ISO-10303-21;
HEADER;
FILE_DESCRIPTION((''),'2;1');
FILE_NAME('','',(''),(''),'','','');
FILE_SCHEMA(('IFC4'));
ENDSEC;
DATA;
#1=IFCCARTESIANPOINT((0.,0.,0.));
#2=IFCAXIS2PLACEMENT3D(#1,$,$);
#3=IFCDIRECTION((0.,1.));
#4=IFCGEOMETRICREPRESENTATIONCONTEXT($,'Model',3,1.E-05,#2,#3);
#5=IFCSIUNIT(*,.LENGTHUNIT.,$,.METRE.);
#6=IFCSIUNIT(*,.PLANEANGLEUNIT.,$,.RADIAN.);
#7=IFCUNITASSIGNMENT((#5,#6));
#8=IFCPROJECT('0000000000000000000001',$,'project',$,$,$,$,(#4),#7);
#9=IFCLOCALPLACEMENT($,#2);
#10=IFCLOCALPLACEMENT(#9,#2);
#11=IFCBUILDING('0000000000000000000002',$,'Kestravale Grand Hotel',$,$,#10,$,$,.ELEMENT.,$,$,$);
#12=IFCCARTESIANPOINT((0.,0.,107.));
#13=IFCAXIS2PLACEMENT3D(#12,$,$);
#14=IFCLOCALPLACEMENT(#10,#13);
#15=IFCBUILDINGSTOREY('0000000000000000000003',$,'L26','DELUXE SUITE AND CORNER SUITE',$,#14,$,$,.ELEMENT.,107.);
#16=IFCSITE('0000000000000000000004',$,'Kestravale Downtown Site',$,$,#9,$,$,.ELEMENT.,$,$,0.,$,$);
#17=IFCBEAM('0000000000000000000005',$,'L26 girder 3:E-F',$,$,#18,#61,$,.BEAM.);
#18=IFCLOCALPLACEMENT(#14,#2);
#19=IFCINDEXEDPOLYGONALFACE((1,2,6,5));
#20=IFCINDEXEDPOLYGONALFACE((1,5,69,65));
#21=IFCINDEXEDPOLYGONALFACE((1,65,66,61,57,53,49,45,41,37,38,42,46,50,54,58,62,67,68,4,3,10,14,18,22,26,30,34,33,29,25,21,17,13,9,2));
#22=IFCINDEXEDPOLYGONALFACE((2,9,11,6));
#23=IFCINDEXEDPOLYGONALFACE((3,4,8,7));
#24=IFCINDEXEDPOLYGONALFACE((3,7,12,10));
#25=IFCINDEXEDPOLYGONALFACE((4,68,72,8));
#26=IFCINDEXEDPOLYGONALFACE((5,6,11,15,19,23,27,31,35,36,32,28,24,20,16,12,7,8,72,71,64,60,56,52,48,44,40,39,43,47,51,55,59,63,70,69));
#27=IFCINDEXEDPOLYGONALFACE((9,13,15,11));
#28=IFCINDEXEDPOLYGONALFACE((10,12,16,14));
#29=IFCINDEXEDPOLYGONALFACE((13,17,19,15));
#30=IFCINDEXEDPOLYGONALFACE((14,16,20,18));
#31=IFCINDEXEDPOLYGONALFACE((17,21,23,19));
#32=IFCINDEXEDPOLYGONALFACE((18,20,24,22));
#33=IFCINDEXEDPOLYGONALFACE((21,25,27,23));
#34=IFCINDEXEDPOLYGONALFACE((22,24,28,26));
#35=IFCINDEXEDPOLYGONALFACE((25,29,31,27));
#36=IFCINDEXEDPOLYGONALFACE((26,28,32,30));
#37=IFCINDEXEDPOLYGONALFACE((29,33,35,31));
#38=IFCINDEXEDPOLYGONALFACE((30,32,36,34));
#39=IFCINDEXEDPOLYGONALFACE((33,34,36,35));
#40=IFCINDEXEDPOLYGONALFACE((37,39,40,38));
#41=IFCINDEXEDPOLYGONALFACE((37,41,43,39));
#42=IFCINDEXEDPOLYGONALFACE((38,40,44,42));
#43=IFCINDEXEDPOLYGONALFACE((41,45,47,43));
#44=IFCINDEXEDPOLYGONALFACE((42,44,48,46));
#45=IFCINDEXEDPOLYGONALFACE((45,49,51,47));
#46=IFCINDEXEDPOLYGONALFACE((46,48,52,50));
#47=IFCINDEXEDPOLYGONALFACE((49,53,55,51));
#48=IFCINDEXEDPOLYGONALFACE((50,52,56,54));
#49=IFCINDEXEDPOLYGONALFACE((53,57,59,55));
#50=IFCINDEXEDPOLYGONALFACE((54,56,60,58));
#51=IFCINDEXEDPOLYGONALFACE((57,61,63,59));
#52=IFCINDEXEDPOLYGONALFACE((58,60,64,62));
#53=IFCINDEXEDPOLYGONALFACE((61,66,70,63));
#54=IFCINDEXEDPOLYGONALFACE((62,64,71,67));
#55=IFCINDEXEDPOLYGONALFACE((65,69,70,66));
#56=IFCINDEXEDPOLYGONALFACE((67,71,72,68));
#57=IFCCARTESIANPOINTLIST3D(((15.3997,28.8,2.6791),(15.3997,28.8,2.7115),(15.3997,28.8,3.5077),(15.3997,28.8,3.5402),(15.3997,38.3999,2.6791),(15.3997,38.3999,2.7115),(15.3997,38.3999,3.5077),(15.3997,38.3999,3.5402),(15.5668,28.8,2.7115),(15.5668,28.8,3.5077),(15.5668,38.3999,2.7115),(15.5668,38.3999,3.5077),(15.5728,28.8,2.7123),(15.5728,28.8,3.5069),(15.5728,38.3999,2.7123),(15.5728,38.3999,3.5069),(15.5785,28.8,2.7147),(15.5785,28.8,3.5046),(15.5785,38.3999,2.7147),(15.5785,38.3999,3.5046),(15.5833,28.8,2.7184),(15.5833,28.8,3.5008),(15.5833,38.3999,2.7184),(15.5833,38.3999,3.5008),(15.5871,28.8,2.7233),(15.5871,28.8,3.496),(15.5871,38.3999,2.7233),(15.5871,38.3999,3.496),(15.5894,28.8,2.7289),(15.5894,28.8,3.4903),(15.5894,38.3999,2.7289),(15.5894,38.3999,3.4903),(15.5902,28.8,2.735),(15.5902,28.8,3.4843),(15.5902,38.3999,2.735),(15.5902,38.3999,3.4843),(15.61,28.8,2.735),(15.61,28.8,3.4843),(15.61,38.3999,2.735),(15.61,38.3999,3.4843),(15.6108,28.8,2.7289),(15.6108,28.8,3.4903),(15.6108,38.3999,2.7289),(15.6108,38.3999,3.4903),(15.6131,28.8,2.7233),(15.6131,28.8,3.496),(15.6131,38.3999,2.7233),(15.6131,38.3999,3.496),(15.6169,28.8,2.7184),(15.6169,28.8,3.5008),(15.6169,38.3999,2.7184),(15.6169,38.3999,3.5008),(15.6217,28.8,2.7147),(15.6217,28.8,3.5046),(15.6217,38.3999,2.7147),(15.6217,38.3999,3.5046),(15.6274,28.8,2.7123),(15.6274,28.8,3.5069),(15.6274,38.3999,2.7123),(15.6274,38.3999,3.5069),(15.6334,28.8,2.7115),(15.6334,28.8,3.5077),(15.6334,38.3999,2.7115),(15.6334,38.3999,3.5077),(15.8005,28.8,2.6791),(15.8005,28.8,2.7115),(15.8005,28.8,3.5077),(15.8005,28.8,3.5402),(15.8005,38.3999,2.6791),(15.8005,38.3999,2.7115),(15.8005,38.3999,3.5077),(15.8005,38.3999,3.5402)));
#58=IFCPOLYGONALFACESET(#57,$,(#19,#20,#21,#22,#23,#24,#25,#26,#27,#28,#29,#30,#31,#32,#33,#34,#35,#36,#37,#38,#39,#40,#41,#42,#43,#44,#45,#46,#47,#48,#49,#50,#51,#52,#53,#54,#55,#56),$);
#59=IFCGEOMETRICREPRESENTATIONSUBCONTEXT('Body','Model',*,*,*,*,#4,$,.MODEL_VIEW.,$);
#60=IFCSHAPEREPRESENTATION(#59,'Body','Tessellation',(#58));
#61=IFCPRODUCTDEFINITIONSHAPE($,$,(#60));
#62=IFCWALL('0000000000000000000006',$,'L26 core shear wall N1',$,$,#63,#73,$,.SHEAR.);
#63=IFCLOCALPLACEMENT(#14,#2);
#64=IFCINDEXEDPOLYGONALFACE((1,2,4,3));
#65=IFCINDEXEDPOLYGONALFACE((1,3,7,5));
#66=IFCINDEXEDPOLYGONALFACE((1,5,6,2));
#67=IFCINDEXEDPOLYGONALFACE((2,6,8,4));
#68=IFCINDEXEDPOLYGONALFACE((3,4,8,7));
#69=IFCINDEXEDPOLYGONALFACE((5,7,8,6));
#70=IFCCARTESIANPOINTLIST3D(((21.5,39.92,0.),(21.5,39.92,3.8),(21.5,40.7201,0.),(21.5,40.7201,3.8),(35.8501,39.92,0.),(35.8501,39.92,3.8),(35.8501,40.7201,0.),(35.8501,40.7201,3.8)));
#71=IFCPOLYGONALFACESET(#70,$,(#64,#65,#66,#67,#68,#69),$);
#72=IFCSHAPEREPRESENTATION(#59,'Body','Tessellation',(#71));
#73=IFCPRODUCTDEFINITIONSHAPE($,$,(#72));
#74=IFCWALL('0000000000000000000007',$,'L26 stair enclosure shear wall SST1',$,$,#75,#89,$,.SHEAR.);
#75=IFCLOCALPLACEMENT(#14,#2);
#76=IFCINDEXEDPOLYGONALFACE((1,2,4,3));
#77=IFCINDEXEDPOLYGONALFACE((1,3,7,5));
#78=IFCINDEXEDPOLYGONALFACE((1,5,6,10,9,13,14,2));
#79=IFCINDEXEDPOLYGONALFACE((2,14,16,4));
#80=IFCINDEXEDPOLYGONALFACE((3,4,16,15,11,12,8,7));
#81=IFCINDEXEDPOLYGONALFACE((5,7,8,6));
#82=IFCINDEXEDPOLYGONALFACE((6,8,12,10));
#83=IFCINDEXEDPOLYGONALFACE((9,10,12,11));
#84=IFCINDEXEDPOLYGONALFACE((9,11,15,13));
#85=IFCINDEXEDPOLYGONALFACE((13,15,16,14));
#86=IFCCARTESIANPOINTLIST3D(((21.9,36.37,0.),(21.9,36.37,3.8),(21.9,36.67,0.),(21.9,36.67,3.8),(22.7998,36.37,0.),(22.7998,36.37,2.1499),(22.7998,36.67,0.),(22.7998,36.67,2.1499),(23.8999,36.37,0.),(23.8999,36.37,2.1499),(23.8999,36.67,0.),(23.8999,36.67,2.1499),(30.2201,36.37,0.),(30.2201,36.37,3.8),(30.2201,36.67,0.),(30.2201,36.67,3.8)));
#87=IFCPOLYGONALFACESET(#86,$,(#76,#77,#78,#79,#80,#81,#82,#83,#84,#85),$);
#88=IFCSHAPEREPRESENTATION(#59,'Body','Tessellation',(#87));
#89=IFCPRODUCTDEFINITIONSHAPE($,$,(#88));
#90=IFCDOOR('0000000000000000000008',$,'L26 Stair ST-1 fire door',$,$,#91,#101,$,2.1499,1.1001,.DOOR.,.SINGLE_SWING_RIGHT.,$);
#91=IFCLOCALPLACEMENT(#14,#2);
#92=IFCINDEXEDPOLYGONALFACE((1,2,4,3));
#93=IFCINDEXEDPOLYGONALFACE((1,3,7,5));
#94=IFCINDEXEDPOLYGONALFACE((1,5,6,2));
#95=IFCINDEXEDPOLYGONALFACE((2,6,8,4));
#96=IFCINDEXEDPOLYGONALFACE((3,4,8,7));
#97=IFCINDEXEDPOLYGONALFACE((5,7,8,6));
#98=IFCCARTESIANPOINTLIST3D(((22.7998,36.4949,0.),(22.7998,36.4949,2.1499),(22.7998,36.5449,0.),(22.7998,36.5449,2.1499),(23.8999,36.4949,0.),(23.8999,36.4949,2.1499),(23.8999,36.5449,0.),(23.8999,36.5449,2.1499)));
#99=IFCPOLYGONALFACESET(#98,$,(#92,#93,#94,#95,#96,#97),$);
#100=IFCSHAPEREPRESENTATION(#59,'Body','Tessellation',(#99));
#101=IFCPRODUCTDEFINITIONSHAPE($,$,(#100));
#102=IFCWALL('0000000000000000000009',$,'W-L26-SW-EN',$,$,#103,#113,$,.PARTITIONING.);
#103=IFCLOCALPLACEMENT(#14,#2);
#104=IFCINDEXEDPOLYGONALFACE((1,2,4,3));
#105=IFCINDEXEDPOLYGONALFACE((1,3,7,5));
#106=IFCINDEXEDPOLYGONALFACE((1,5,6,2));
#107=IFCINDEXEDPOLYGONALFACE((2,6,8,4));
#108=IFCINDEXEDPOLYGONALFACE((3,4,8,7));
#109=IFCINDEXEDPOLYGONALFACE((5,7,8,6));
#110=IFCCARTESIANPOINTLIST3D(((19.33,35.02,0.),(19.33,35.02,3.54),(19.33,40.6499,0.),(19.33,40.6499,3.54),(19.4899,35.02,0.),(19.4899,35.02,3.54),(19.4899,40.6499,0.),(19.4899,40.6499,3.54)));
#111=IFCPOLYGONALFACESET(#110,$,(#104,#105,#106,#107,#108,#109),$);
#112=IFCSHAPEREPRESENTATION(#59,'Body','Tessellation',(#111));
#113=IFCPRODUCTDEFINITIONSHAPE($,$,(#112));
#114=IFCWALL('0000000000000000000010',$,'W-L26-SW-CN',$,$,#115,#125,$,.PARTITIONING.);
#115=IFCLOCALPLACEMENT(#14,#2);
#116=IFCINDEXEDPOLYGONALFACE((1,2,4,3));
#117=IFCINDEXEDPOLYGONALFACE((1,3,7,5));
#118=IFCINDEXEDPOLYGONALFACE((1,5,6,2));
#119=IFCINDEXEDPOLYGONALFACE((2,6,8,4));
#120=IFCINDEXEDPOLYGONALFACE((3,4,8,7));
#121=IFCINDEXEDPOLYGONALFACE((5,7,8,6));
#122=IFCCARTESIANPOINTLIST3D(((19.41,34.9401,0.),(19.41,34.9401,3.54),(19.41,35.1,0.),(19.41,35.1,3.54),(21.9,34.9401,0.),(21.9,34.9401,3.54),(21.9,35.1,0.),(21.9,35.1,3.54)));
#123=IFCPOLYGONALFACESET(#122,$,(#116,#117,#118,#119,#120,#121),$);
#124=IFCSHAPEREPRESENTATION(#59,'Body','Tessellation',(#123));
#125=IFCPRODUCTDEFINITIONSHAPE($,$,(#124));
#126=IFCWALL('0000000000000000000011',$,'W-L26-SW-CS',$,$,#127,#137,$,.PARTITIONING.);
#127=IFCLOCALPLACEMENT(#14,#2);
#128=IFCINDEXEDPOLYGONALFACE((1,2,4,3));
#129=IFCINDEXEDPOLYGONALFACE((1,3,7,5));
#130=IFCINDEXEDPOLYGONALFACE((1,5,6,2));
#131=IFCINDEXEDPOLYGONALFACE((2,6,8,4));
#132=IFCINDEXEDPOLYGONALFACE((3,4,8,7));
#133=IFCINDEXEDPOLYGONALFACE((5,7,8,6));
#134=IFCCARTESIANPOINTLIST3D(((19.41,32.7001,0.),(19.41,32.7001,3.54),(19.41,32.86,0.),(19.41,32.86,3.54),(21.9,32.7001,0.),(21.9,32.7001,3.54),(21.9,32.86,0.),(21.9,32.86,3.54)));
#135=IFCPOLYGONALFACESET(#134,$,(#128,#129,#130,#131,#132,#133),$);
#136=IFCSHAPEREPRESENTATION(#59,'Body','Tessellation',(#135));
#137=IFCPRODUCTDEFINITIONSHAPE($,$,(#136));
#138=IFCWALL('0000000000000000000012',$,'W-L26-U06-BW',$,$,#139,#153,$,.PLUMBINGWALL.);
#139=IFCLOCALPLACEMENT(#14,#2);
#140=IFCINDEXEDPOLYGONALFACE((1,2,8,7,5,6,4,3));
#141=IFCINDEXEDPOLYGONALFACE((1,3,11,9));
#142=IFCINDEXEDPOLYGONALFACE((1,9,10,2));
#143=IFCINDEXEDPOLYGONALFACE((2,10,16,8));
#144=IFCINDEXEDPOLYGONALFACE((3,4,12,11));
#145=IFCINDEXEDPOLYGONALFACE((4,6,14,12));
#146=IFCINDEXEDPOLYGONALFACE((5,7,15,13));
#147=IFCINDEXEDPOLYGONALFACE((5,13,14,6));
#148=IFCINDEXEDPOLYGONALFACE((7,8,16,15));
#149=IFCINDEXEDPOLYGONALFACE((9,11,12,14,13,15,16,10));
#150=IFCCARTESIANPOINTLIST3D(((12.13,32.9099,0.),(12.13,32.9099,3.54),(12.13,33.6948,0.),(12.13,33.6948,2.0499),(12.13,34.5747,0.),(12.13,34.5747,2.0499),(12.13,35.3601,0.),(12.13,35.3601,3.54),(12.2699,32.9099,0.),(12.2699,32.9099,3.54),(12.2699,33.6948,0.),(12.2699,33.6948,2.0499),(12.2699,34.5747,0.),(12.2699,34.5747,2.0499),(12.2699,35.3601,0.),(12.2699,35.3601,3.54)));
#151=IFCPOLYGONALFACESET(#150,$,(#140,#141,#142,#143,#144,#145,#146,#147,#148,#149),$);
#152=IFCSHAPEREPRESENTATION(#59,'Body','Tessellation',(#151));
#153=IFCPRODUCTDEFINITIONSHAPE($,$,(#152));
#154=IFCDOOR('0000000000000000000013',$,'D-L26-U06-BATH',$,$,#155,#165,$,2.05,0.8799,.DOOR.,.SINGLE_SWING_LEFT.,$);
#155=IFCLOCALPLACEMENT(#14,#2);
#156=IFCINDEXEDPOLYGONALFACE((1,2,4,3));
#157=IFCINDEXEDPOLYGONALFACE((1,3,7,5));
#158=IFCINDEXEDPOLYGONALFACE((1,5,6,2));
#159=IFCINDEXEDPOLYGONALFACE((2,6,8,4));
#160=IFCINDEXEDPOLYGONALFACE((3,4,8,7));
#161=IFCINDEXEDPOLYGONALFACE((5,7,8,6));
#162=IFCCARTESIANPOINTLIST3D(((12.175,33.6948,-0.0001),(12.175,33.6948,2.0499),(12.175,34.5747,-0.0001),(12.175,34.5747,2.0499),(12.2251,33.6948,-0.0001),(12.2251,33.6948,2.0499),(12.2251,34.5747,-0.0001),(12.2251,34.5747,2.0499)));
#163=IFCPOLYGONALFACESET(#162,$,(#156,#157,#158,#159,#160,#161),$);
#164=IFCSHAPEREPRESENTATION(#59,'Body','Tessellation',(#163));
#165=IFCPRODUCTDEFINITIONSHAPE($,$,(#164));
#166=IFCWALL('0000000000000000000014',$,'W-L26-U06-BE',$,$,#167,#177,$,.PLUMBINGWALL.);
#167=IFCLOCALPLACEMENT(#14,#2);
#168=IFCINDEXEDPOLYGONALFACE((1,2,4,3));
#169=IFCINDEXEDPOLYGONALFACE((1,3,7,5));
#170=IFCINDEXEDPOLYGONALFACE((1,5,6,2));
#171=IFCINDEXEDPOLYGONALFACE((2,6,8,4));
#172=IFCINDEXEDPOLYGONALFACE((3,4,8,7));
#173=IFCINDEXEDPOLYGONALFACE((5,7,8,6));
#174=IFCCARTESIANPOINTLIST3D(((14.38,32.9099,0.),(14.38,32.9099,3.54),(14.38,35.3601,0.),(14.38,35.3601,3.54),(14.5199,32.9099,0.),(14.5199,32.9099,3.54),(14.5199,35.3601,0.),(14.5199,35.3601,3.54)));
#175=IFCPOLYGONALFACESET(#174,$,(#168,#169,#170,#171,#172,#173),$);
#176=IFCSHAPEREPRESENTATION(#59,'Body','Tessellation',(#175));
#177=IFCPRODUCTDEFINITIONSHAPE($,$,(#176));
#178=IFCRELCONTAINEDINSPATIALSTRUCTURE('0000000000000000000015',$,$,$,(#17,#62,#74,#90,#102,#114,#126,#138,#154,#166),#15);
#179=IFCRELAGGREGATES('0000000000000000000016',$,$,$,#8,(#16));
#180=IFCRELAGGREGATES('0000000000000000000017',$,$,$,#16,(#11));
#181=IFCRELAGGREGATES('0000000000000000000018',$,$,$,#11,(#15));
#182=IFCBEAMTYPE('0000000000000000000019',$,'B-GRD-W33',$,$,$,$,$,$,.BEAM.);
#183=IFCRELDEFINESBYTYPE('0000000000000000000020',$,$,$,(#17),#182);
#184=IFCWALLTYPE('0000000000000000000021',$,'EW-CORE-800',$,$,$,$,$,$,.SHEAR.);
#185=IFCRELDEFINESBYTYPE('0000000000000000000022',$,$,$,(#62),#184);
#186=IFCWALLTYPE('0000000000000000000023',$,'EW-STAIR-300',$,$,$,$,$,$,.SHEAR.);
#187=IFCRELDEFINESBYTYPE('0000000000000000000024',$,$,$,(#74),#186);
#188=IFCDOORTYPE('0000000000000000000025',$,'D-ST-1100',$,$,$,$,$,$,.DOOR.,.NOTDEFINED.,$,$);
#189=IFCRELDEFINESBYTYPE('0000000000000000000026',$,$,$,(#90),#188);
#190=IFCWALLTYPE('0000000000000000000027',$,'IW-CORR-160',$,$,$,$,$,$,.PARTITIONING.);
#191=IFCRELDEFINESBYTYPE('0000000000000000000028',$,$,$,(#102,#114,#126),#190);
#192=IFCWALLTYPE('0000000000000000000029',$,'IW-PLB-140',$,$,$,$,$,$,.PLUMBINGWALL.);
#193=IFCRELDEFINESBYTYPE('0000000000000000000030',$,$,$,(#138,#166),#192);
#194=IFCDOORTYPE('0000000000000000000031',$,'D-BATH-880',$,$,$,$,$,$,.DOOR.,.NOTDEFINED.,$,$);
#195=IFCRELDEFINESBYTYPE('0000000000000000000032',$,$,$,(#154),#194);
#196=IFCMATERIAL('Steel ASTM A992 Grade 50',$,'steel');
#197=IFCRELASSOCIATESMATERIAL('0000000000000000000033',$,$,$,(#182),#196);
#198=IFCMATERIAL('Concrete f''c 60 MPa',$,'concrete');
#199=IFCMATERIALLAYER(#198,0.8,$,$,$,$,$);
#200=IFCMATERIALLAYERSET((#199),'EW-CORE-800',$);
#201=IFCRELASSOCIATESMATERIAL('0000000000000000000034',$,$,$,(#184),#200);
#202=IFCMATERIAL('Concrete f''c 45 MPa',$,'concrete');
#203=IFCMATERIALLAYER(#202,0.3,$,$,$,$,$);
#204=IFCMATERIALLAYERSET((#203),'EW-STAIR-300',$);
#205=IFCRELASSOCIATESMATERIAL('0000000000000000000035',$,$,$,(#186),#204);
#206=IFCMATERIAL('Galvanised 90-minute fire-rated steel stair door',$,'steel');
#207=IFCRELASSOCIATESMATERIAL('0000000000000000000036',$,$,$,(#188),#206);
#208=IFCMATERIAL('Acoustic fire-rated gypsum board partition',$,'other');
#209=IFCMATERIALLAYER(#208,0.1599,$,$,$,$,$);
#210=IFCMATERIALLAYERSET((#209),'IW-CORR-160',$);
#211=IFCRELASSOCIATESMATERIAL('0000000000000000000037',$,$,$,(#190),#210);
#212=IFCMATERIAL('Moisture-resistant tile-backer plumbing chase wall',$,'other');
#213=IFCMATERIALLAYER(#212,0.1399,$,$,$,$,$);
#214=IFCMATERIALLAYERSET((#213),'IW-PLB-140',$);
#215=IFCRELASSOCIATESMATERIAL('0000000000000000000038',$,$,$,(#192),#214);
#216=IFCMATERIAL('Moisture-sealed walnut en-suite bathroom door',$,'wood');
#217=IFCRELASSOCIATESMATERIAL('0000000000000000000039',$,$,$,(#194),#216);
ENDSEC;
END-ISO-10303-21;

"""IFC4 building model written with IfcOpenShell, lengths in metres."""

from ifc_helpers import new_model, si_unit, direction, frame, frame_2d, origin, origin_2d, place, context, subcontext, project, spatial, rectangle, i_section, extrude, material, layer, layer_set, material_profile, profile_set, type_object, element, fill, save


model = new_model("IFC4")

# Units and contexts
model_context = context("Model", 3, precision=1e-05, world=origin(), true_north=direction((0.0, 1.0)))
body_context = subcontext(model_context, "Body", "Model", "MODEL_VIEW")
ifc_project = project(units=[si_unit("LENGTHUNIT", "METRE"), si_unit("PLANEANGLEUNIT", "RADIAN")], contexts=[model_context])

# Site, building, storey
site_placement = place(None, origin())
site = spatial("IfcSite", under=ifc_project, at=site_placement, Name="Kestravale Downtown Site", CompositionType="ELEMENT", RefElevation=0.0)
building_placement = place(site_placement, origin())
building = spatial("IfcBuilding", under=site, at=building_placement, Name="Kestravale Grand Hotel", CompositionType="ELEMENT")
storey_placement = place(building_placement, frame((0.0, 0.0, 107.0)))
storey = spatial("IfcBuildingStorey", under=building, at=storey_placement, Name="L26", Description="DELUXE SUITE AND CORNER SUITE", CompositionType="ELEMENT", Elevation=107.0)

# Beam
ifc_material_1 = material(Name="Steel ASTM A992 Grade 50", Category="steel")
ifc_material_profile_1 = material_profile(ifc_material_1, i_section(OverallWidth=0.4009, OverallDepth=0.8611, WebThickness=0.0198, FlangeThickness=0.0325, FilletRadius=0.0234, at=origin_2d()))
ifc_profile_set_1 = profile_set([ifc_material_profile_1], Name="Steel ASTM A992 Grade 50")
beam_type_1 = type_object("IfcBeamType", Name="B-GRD-W33", PredefinedType="BEAM", material=ifc_profile_set_1)
beam_1_placement = place(storey_placement, frame((15.6001, 28.8, 3.1096), z_axis=(0.0, 1.0, 0.0), x_axis=(-1.0, 0.0, 0.0)))
element("IfcBeam", 1, at=beam_1_placement, inside=storey, type_object=beam_type_1, Name="L26 girder 3:E-F", PredefinedType="BEAM", context=body_context, shape_type="SweptSolid", body=[
    extrude(i_section(OverallWidth=0.4009, OverallDepth=0.8611, WebThickness=0.0198, FlangeThickness=0.0325, FilletRadius=0.0234, at=origin_2d()), origin(), (0.0, 0.0, 1.0), 9.5999),
])

# Wall
ifc_material_2 = material(Name="Concrete f'c 60 MPa", Category="concrete")
ifc_layer_1 = layer(ifc_material_2, 0.8)
ifc_layer_set_1 = layer_set([ifc_layer_1], Name="EW-CORE-800")
wall_type_1 = type_object("IfcWallType", Name="EW-CORE-800", PredefinedType="SHEAR", material=ifc_layer_set_1)
wall_1_placement = place(storey_placement, frame((21.5, 40.3201, 0.0), z_axis=(0.0, 0.0, 1.0), x_axis=(1.0, 0.0, 0.0)))
element("IfcWall", 2, at=wall_1_placement, inside=storey, type_object=wall_type_1, Name="L26 core shear wall N1", PredefinedType="SHEAR", context=body_context, shape_type="SweptSolid", body=[
    extrude(rectangle(XDim=14.3501, YDim=0.8, at=frame_2d((7.175, 0.0))), origin(), (0.0, 0.0, 1.0), 3.8),
])

# Wall, opening, door
ifc_material_3 = material(Name="Concrete f'c 45 MPa", Category="concrete")
ifc_layer_2 = layer(ifc_material_3, 0.3)
ifc_layer_set_2 = layer_set([ifc_layer_2], Name="EW-STAIR-300")
wall_type_2 = type_object("IfcWallType", Name="EW-STAIR-300", PredefinedType="SHEAR", material=ifc_layer_set_2)
wall_2_placement = place(storey_placement, frame((21.8999, 36.52, 0.0), z_axis=(0.0, 0.0, 1.0), x_axis=(1.0, 0.0, 0.0)))
wall_2 = element("IfcWall", 3, at=wall_2_placement, inside=storey, type_object=wall_type_2, Name="L26 stair enclosure shear wall SST1", PredefinedType="SHEAR", context=body_context, shape_type="SweptSolid", body=[
    extrude(rectangle(XDim=8.3201, YDim=0.3, at=frame_2d((4.1602, 0.0))), origin(), (0.0, 0.0, 1.0), 3.8),
])
opening_1_placement = place(wall_2_placement, frame((0.8999, 0.0, 0.0)))
opening_1 = element("IfcOpeningElement", 4, at=opening_1_placement, cuts=wall_2, PredefinedType="OPENING", context=body_context, shape_type="SweptSolid", body=[
    extrude(rectangle(XDim=1.1001, YDim=2.1499, at=frame_2d((0.55, 1.075))), frame((0.0, 0.1599, 0.0), z_axis=(0.0, -1.0, 0.0), x_axis=(1.0, 0.0, 0.0)), (0.0, 0.0, 1.0), 0.3201),
])
ifc_material_4 = material(Name="Galvanised 90-minute fire-rated steel stair door", Category="steel")
door_type_1 = type_object("IfcDoorType", Name="D-ST-1100", OperationType="NOTDEFINED", PredefinedType="DOOR", material=ifc_material_4)
door_1_placement = place(opening_1_placement, origin())
door_1 = element("IfcDoor", 5, at=door_1_placement, inside=storey, type_object=door_type_1, Name="L26 Stair ST-1 fire door", OperationType="SINGLE_SWING_RIGHT", OverallHeight=2.1499, OverallWidth=1.1001, PredefinedType="DOOR", context=body_context, shape_type="SweptSolid", body=[
    extrude(rectangle(XDim=1.1001, YDim=2.1499, at=frame_2d((0.55, 1.075))), frame((0.0, 0.0249, 0.0), z_axis=(0.0, -1.0, 0.0), x_axis=(1.0, 0.0, 0.0)), (0.0, 0.0, 1.0), 0.05),
])
fill(opening_1, door_1)

# Walls
ifc_material_5 = material(Name="Acoustic fire-rated gypsum board partition", Category="other")
ifc_layer_3 = layer(ifc_material_5, 0.1599)
ifc_layer_set_3 = layer_set([ifc_layer_3], Name="IW-CORR-160")
wall_type_3 = type_object("IfcWallType", Name="IW-CORR-160", PredefinedType="PARTITIONING", material=ifc_layer_set_3)
wall_3_placement = place(storey_placement, frame((19.4099, 35.02, 0.0), z_axis=(0.0, 0.0, 1.0), x_axis=(0.0, 1.0, 0.0)))
element("IfcWall", 6, at=wall_3_placement, inside=storey, type_object=wall_type_3, Name="W-L26-SW-EN", PredefinedType="PARTITIONING", context=body_context, shape_type="SweptSolid", body=[
    extrude(rectangle(XDim=5.6299, YDim=0.1599, at=frame_2d((2.8149, 0.0))), origin(), (0.0, 0.0, 1.0), 3.54),
])
for number, where, z_axis, x_axis, name in (
    (7, (19.4099, 35.02, 0.0), (0.0, 0.0, 1.0), (1.0, 0.0, 0.0), "W-L26-SW-CN"),
    (8, (19.4099, 32.78, 0.0), (0.0, 0.0, 1.0), (1.0, 0.0, 0.0), "W-L26-SW-CS"),
):
    element("IfcWall", number, at=place(storey_placement, frame(where, z_axis=z_axis, x_axis=x_axis)), inside=storey, type_object=wall_type_3, Name=name, PredefinedType="PARTITIONING", context=body_context, shape_type="SweptSolid", body=[
        extrude(rectangle(XDim=2.49, YDim=0.1599, at=frame_2d((1.2451, 0.0))), origin(), (0.0, 0.0, 1.0), 3.54),
    ])

# Wall, opening, door
ifc_material_6 = material(Name="Moisture-resistant tile-backer plumbing chase wall", Category="other")
ifc_layer_4 = layer(ifc_material_6, 0.1399)
ifc_layer_set_4 = layer_set([ifc_layer_4], Name="IW-PLB-140")
wall_type_4 = type_object("IfcWallType", Name="IW-PLB-140", PredefinedType="PLUMBINGWALL", material=ifc_layer_set_4)
wall_4_placement = place(storey_placement, frame((12.2, 32.9099, 0.0), z_axis=(0.0, 0.0, 1.0), x_axis=(0.0, 1.0, 0.0)))
wall_4 = element("IfcWall", 9, at=wall_4_placement, inside=storey, type_object=wall_type_4, Name="W-L26-U06-BW", PredefinedType="PLUMBINGWALL", context=body_context, shape_type="SweptSolid", body=[
    extrude(rectangle(XDim=2.4502, YDim=0.1399, at=frame_2d((1.2251, 0.0))), origin(), (0.0, 0.0, 1.0), 3.54),
])
opening_2_placement = place(wall_4_placement, frame((0.7849, 0.0, 0.0)))
opening_2 = element("IfcOpeningElement", 10, at=opening_2_placement, cuts=wall_4, PredefinedType="OPENING", context=body_context, shape_type="SweptSolid", body=[
    extrude(rectangle(XDim=0.8799, YDim=2.05, at=frame_2d((0.4399, 1.0249))), frame((0.0, 0.0798, 0.0), z_axis=(0.0, -1.0, 0.0), x_axis=(1.0, 0.0, 0.0)), (0.0, 0.0, 1.0), 0.1599),
])
ifc_material_7 = material(Name="Moisture-sealed walnut en-suite bathroom door", Category="wood")
door_type_2 = type_object("IfcDoorType", Name="D-BATH-880", OperationType="NOTDEFINED", PredefinedType="DOOR", material=ifc_material_7)
door_2_placement = place(opening_2_placement, origin())
door_2 = element("IfcDoor", 11, at=door_2_placement, inside=storey, type_object=door_type_2, Name="D-L26-U06-BATH", OperationType="SINGLE_SWING_LEFT", OverallHeight=2.05, OverallWidth=0.8799, PredefinedType="DOOR", context=body_context, shape_type="SweptSolid", body=[
    extrude(rectangle(XDim=0.8799, YDim=2.05, at=frame_2d((0.4399, 1.0249))), frame((0.0, 0.0249, 0.0), z_axis=(0.0, -1.0, 0.0), x_axis=(1.0, 0.0, 0.0)), (0.0, 0.0, 1.0), 0.05),
])
fill(opening_2, door_2)

# Wall
wall_5_placement = place(storey_placement, frame((14.45, 32.9099, 0.0), z_axis=(0.0, 0.0, 1.0), x_axis=(0.0, 1.0, 0.0)))
element("IfcWall", 12, at=wall_5_placement, inside=storey, type_object=wall_type_4, Name="W-L26-U06-BE", PredefinedType="PLUMBINGWALL", context=body_context, shape_type="SweptSolid", body=[
    extrude(rectangle(XDim=2.4502, YDim=0.1399, at=frame_2d((1.2251, 0.0))), origin(), (0.0, 0.0, 1.0), 3.54),
])

save(model, "model.ifc")
